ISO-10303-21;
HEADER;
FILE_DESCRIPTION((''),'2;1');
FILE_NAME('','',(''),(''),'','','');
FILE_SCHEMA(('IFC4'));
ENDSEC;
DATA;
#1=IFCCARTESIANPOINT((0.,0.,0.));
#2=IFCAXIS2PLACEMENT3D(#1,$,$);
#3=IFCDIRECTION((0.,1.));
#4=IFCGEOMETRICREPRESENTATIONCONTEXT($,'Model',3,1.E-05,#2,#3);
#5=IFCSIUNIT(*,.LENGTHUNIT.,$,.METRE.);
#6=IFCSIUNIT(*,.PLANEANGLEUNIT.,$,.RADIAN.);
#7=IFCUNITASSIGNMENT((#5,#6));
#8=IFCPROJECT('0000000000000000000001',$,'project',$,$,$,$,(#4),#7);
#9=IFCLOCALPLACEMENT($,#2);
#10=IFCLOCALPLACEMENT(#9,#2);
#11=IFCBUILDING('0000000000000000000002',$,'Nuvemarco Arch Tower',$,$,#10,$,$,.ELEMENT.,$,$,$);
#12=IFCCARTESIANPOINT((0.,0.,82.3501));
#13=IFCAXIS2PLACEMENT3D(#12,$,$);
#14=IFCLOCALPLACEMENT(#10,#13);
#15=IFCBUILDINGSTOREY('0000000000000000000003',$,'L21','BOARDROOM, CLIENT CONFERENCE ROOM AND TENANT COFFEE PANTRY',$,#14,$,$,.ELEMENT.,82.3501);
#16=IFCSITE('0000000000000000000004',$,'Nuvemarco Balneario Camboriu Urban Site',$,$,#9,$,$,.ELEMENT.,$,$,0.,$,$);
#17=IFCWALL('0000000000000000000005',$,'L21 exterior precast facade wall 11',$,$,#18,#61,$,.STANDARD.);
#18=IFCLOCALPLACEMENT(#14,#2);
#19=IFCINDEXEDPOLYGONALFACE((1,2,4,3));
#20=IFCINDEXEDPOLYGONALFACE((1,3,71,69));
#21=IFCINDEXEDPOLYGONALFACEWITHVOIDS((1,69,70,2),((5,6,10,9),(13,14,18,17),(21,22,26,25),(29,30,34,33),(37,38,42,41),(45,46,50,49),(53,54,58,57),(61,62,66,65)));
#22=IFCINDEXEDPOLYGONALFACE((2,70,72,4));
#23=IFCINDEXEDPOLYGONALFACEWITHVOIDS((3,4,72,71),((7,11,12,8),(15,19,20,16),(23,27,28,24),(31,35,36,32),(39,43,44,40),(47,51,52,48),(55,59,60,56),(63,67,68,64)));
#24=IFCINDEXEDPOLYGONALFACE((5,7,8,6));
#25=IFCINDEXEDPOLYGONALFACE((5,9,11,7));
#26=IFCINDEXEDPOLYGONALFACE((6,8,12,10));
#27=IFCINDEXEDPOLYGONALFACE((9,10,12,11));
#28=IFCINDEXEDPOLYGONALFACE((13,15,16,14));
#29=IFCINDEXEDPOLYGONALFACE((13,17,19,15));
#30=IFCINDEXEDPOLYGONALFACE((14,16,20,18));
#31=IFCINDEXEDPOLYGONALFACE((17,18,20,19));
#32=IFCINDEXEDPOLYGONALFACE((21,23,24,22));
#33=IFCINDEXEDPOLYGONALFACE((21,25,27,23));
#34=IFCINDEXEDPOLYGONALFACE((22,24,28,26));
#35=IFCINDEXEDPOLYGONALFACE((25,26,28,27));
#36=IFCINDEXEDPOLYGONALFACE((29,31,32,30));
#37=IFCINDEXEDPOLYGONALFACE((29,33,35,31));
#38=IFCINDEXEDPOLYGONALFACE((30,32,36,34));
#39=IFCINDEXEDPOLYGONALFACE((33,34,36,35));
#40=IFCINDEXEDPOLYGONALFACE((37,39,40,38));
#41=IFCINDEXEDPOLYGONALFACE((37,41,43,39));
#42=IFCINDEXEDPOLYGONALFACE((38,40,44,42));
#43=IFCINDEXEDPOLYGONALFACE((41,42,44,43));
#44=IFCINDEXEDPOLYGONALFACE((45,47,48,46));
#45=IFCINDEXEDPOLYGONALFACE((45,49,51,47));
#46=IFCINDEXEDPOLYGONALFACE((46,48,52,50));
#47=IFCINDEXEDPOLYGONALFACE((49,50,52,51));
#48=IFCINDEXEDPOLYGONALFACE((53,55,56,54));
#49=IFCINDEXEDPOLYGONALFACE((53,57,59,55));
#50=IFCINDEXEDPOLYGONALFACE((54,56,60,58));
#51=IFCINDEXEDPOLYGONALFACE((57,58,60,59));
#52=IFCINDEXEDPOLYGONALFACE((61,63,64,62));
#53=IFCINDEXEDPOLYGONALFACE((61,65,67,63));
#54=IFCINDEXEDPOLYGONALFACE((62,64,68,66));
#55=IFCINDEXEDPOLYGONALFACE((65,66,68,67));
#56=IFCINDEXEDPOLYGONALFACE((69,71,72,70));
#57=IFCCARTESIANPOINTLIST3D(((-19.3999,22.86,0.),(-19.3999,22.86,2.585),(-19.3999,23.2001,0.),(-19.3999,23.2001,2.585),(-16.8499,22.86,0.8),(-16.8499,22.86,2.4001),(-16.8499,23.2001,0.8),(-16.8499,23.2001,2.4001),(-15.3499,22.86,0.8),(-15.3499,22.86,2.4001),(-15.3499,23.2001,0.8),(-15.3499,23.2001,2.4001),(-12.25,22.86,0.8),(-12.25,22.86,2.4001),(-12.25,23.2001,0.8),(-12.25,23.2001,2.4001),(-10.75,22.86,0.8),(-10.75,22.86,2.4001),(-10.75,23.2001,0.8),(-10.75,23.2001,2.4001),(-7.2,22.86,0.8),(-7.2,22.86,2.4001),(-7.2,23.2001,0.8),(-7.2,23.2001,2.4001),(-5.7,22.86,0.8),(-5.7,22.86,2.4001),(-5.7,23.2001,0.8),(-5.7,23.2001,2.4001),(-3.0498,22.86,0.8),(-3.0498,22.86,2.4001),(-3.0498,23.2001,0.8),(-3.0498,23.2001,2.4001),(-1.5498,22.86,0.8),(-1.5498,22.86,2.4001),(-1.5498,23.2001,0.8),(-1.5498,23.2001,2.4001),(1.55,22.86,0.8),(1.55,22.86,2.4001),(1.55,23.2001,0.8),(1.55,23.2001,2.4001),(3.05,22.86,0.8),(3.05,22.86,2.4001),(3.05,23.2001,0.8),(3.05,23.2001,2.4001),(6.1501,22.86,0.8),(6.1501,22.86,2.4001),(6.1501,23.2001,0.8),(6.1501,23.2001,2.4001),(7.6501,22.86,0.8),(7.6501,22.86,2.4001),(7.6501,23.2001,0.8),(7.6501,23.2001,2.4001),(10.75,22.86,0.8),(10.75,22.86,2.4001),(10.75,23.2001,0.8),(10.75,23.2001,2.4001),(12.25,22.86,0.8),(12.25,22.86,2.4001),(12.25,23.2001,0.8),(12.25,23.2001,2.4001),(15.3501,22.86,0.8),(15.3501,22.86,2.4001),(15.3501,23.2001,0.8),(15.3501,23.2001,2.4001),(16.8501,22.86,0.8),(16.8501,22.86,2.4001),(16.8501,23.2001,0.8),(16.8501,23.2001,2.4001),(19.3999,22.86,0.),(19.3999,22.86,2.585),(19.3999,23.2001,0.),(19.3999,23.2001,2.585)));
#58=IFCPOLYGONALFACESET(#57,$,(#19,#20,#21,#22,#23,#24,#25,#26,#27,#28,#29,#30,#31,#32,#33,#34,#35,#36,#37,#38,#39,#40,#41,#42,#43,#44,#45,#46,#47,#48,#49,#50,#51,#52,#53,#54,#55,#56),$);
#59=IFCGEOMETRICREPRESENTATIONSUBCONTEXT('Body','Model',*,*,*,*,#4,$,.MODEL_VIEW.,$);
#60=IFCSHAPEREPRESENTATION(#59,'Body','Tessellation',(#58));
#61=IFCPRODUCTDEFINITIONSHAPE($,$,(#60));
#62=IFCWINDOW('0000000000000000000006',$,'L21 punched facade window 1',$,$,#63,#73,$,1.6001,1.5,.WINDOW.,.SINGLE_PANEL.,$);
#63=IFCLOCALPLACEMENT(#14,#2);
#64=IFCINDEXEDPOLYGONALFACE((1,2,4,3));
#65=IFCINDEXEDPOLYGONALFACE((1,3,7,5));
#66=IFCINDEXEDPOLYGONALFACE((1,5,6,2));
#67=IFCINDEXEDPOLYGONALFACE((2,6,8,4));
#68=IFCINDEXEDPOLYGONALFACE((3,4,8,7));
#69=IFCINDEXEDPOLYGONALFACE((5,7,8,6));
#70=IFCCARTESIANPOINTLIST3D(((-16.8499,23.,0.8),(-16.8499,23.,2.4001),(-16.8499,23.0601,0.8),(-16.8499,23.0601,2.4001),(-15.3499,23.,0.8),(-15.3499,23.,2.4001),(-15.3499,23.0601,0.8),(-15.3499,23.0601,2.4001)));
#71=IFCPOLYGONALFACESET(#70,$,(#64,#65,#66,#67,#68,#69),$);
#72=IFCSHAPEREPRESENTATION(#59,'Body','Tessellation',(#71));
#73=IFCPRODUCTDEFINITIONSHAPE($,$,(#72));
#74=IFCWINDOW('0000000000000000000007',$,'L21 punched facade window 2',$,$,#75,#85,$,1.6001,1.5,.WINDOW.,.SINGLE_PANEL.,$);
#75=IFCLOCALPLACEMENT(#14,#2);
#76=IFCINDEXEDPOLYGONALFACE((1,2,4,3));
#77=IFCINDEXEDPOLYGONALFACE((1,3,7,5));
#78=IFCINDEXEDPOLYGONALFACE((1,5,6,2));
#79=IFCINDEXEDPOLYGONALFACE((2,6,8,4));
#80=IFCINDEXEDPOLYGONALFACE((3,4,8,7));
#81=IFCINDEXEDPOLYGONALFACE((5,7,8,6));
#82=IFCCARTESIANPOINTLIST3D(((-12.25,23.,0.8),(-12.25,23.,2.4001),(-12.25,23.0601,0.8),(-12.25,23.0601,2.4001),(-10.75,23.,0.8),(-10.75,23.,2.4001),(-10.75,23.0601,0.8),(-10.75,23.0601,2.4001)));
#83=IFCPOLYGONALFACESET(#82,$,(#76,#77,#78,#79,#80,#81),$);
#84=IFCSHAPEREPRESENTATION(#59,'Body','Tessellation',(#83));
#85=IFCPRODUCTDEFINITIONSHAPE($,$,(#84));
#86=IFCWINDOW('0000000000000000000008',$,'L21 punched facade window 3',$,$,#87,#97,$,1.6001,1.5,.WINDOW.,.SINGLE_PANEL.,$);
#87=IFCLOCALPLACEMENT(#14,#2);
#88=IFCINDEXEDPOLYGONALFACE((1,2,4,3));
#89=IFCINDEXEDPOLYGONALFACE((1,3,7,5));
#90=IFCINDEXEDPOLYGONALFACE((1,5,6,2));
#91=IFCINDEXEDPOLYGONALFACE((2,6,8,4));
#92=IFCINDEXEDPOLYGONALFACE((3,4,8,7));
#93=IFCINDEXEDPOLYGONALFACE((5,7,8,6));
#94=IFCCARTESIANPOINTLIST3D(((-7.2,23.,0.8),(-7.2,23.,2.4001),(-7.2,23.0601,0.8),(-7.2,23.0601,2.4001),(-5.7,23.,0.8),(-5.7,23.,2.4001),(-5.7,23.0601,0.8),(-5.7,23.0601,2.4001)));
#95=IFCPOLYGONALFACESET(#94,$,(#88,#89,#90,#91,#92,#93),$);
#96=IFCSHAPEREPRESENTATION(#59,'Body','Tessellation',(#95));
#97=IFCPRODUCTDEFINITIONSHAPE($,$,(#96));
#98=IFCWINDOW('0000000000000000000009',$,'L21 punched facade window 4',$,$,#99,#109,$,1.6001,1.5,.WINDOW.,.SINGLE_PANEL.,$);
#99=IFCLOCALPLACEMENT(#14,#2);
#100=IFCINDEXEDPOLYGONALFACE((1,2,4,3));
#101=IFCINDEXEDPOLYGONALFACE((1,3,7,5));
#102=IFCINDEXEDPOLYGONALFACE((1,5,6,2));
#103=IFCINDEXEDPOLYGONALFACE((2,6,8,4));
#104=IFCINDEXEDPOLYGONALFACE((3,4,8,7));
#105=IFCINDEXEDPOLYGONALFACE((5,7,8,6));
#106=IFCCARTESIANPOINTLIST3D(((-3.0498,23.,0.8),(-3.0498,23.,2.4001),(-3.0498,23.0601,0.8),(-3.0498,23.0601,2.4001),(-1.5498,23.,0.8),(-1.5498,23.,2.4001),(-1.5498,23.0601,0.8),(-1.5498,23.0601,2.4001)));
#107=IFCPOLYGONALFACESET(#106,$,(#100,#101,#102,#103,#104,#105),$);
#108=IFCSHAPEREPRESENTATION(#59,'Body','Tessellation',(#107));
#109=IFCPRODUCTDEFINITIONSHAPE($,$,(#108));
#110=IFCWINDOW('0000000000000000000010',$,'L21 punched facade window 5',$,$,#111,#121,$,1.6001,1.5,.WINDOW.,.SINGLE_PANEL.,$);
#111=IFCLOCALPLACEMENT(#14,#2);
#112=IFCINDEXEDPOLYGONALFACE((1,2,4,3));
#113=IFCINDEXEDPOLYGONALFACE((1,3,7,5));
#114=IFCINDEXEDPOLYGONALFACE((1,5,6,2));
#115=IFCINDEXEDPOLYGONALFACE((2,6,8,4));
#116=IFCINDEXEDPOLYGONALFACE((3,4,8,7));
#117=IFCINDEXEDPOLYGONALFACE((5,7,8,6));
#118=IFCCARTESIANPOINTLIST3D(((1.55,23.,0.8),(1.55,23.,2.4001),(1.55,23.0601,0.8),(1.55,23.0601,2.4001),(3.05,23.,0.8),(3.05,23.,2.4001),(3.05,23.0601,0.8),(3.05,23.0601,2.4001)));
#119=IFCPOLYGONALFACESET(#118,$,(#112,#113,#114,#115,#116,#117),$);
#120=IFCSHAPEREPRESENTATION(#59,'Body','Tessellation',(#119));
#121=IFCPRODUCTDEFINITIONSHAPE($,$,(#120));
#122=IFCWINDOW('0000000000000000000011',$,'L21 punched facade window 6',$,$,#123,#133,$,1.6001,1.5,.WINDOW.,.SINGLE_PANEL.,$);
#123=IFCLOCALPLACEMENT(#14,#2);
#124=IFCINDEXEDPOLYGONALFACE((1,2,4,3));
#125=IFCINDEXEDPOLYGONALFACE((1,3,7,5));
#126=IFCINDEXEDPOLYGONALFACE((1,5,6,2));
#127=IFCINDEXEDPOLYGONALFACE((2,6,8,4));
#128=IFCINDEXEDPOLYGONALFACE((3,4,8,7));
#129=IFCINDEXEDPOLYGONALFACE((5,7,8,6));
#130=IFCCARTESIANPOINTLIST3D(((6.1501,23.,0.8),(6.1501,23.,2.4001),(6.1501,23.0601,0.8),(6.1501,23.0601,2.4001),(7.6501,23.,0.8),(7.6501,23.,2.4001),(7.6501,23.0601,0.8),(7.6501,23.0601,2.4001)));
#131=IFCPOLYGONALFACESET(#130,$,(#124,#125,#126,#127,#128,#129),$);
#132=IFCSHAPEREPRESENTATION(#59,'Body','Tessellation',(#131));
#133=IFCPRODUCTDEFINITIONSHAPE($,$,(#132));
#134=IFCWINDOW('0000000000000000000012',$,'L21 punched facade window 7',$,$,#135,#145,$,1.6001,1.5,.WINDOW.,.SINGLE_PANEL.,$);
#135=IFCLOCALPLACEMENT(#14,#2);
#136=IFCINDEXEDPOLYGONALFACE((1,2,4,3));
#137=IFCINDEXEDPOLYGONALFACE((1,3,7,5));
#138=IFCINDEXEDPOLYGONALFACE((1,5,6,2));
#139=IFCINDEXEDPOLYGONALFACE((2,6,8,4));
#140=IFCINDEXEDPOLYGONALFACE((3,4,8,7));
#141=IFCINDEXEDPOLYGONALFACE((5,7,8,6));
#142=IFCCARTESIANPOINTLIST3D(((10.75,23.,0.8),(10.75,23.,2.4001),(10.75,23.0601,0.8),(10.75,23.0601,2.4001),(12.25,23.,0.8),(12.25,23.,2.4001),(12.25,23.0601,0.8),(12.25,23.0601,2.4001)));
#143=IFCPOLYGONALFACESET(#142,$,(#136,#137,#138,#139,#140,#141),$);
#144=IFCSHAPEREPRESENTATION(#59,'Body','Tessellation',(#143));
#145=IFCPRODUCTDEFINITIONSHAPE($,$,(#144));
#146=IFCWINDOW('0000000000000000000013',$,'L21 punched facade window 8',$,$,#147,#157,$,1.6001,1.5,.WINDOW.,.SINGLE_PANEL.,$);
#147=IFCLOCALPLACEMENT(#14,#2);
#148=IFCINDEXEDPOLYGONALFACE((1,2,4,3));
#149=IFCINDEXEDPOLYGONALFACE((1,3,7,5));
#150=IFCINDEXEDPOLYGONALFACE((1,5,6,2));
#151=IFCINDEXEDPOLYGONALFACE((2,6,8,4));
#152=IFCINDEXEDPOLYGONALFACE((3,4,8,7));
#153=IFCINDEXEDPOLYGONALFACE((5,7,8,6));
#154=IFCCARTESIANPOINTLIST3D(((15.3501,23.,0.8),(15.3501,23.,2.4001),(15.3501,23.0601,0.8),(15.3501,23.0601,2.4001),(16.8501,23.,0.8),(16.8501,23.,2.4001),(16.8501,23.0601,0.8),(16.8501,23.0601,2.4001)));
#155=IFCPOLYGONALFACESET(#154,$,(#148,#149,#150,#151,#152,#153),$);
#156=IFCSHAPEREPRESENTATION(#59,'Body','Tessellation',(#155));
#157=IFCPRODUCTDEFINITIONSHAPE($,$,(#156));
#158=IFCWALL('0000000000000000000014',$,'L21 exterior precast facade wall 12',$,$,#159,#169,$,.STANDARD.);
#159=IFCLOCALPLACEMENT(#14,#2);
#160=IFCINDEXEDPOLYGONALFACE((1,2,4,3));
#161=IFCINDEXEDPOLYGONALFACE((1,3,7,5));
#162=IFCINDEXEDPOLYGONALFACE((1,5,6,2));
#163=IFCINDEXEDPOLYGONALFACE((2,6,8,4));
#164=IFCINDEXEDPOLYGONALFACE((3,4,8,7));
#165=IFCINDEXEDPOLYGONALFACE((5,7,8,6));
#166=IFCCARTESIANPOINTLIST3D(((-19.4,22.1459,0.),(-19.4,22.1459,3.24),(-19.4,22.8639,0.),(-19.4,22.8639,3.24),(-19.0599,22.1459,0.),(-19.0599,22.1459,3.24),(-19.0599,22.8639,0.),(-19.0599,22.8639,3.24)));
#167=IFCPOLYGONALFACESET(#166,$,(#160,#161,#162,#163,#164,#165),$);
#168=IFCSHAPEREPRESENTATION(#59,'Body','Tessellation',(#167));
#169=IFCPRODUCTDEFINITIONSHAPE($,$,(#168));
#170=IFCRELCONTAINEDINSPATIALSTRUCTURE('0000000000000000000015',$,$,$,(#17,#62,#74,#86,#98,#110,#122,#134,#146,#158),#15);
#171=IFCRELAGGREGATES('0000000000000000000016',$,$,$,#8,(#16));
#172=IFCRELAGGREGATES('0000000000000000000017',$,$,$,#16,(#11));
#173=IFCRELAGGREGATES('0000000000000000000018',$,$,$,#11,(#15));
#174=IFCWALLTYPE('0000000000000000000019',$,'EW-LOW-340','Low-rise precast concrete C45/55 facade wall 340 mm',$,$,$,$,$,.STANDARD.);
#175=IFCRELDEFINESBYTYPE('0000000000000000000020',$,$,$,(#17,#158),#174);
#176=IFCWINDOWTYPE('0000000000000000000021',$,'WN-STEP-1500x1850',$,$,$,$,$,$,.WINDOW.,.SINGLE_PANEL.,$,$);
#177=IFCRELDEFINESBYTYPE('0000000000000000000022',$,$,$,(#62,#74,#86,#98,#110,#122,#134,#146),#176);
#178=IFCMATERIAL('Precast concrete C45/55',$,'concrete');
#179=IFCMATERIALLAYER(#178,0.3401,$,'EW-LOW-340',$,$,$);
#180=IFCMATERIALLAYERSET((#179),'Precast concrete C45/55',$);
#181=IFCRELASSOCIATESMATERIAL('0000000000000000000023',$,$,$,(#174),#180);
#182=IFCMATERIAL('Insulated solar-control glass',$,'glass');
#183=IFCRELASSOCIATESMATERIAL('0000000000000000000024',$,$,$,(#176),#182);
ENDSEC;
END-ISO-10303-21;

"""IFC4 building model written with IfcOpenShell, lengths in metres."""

from ifc_helpers import new_model, si_unit, direction, frame, frame_2d, origin, place, context, subcontext, project, spatial, rectangle, extrude, source, transform, mapped, material, layer, layer_set, type_object, type_shapes, element, fill, save


model = new_model("IFC4")

# Units and contexts
model_context = context("Model", 3, precision=1e-05, world=origin(), true_north=direction((0.0, 1.0)))
body_context = subcontext(model_context, "Body", "Model", "MODEL_VIEW")
ifc_project = project(units=[si_unit("LENGTHUNIT", "METRE"), si_unit("PLANEANGLEUNIT", "RADIAN")], contexts=[model_context])

# Site, building, storey
site_placement = place(None, origin())
site = spatial("IfcSite", under=ifc_project, at=site_placement, Name="Nuvemarco Balneario Camboriu Urban Site", CompositionType="ELEMENT", RefElevation=0.0)
building_placement = place(site_placement, origin())
building = spatial("IfcBuilding", under=site, at=building_placement, Name="Nuvemarco Arch Tower", CompositionType="ELEMENT")
storey_placement = place(building_placement, frame((0.0, 0.0, 82.3501)))
storey = spatial("IfcBuildingStorey", under=building, at=storey_placement, Name="L21", Description="BOARDROOM, CLIENT CONFERENCE ROOM AND TENANT COFFEE PANTRY", CompositionType="ELEMENT", Elevation=82.3501)

# Wall, openings, windows
ifc_material_1 = material(Name="Precast concrete C45/55", Category="concrete")
ifc_layer_1 = layer(ifc_material_1, 0.3401, Name="EW-LOW-340")
ifc_layer_set_1 = layer_set([ifc_layer_1], Name="Precast concrete C45/55")
wall_type_1 = type_object("IfcWallType", Name="EW-LOW-340", Description="Low-rise precast concrete C45/55 facade wall 340 mm", PredefinedType="STANDARD", material=ifc_layer_set_1)
wall_1_placement = place(storey_placement, frame((-19.3999, 23.03, 0.0), z_axis=(0.0, 0.0, 1.0), x_axis=(1.0, 0.0, 0.0)))
wall_1 = element("IfcWall", 1, at=wall_1_placement, inside=storey, type_object=wall_type_1, Name="L21 exterior precast facade wall 11", PredefinedType="STANDARD", context=body_context, shape_type="SweptSolid", body=[
    extrude(rectangle(XDim=38.7998, YDim=0.3401, at=frame_2d((19.3999, 0.0))), origin(), (0.0, 0.0, 1.0), 2.585),
])
opening_1_placement = place(wall_1_placement, frame((2.55, 0.0, 0.8)))
opening_1 = element("IfcOpeningElement", 2, at=opening_1_placement, cuts=wall_1, PredefinedType="OPENING", context=body_context, shape_type="SweptSolid", body=[
    extrude(rectangle(XDim=1.5, YDim=1.6001, at=frame_2d((0.75, 0.8))), frame((0.0, 0.1799, 0.0), z_axis=(0.0, -1.0, 0.0), x_axis=(1.0, 0.0, 0.0)), (0.0, 0.0, 1.0), 0.3601),
])
opening_2_placement = place(wall_1_placement, frame((7.1499, 0.0, 0.8)))
opening_2 = element("IfcOpeningElement", 3, at=opening_2_placement, cuts=wall_1, PredefinedType="OPENING", context=body_context, shape_type="SweptSolid", body=[
    extrude(rectangle(XDim=1.5, YDim=1.6001, at=frame_2d((0.75, 0.8))), frame((0.0, 0.1799, 0.0), z_axis=(0.0, -1.0, 0.0), x_axis=(1.0, 0.0, 0.0)), (0.0, 0.0, 1.0), 0.3601),
])
opening_3_placement = place(wall_1_placement, frame((12.2, 0.0, 0.8)))
opening_3 = element("IfcOpeningElement", 4, at=opening_3_placement, cuts=wall_1, PredefinedType="OPENING", context=body_context, shape_type="SweptSolid", body=[
    extrude(rectangle(XDim=1.5, YDim=1.6001, at=frame_2d((0.75, 0.8))), frame((0.0, 0.1799, 0.0), z_axis=(0.0, -1.0, 0.0), x_axis=(1.0, 0.0, 0.0)), (0.0, 0.0, 1.0), 0.3601),
])
opening_4_placement = place(wall_1_placement, frame((16.3501, 0.0, 0.8)))
opening_4 = element("IfcOpeningElement", 5, at=opening_4_placement, cuts=wall_1, PredefinedType="OPENING", context=body_context, shape_type="SweptSolid", body=[
    extrude(rectangle(XDim=1.5, YDim=1.6001, at=frame_2d((0.75, 0.8))), frame((0.0, 0.1799, 0.0), z_axis=(0.0, -1.0, 0.0), x_axis=(1.0, 0.0, 0.0)), (0.0, 0.0, 1.0), 0.3601),
])
opening_5_placement = place(wall_1_placement, frame((20.95, 0.0, 0.8)))
opening_5 = element("IfcOpeningElement", 6, at=opening_5_placement, cuts=wall_1, PredefinedType="OPENING", context=body_context, shape_type="SweptSolid", body=[
    extrude(rectangle(XDim=1.5, YDim=1.6001, at=frame_2d((0.75, 0.8))), frame((0.0, 0.1799, 0.0), z_axis=(0.0, -1.0, 0.0), x_axis=(1.0, 0.0, 0.0)), (0.0, 0.0, 1.0), 0.3601),
])
opening_6_placement = place(wall_1_placement, frame((25.55, 0.0, 0.8)))
opening_6 = element("IfcOpeningElement", 7, at=opening_6_placement, cuts=wall_1, PredefinedType="OPENING", context=body_context, shape_type="SweptSolid", body=[
    extrude(rectangle(XDim=1.5, YDim=1.6001, at=frame_2d((0.75, 0.8))), frame((0.0, 0.1799, 0.0), z_axis=(0.0, -1.0, 0.0), x_axis=(1.0, 0.0, 0.0)), (0.0, 0.0, 1.0), 0.3601),
])
opening_7_placement = place(wall_1_placement, frame((30.1499, 0.0, 0.8)))
opening_7 = element("IfcOpeningElement", 8, at=opening_7_placement, cuts=wall_1, PredefinedType="OPENING", context=body_context, shape_type="SweptSolid", body=[
    extrude(rectangle(XDim=1.5, YDim=1.6001, at=frame_2d((0.75, 0.8))), frame((0.0, 0.1799, 0.0), z_axis=(0.0, -1.0, 0.0), x_axis=(1.0, 0.0, 0.0)), (0.0, 0.0, 1.0), 0.3601),
])
opening_8_placement = place(wall_1_placement, frame((34.75, 0.0, 0.8)))
opening_8 = element("IfcOpeningElement", 9, at=opening_8_placement, cuts=wall_1, PredefinedType="OPENING", context=body_context, shape_type="SweptSolid", body=[
    extrude(rectangle(XDim=1.5, YDim=1.6001, at=frame_2d((0.75, 0.8))), frame((0.0, 0.1799, 0.0), z_axis=(0.0, -1.0, 0.0), x_axis=(1.0, 0.0, 0.0)), (0.0, 0.0, 1.0), 0.3601),
])
ifc_material_2 = material(Name="Insulated solar-control glass", Category="glass")
window_type = type_object("IfcWindowType", Name="WN-STEP-1500x1850", PartitioningType="SINGLE_PANEL", PredefinedType="WINDOW", material=ifc_material_2)
shared_shape_1 = source(origin(), body_context, "Body", "SweptSolid", [
    extrude(rectangle(XDim=1.5, YDim=1.6001, at=frame_2d((0.75, 0.8))), frame((0.0, 0.03, 0.0), z_axis=(0.0, -1.0, 0.0), x_axis=(1.0, 0.0, 0.0)), (0.0, 0.0, 1.0), 0.0601),
])
type_shapes(window_type, [shared_shape_1])
window_1_placement = place(opening_1_placement, origin())
window_1 = element("IfcWindow", 10, at=window_1_placement, inside=storey, type_object=window_type, Name="L21 punched facade window 1", OverallHeight=1.6001, OverallWidth=1.5, PartitioningType="SINGLE_PANEL", PredefinedType="WINDOW", context=body_context, shape_type="MappedRepresentation", body=[
    mapped(shared_shape_1, transform((0.0, 0.0, 0.0), scale=1.0)),
])
fill(opening_1, window_1)
window_2_placement = place(opening_2_placement, origin())
window_2 = element("IfcWindow", 11, at=window_2_placement, inside=storey, type_object=window_type, Name="L21 punched facade window 2", OverallHeight=1.6001, OverallWidth=1.5, PartitioningType="SINGLE_PANEL", PredefinedType="WINDOW", context=body_context, shape_type="MappedRepresentation", body=[
    mapped(shared_shape_1, transform((0.0, 0.0, 0.0), scale=1.0)),
])
fill(opening_2, window_2)
window_3_placement = place(opening_3_placement, origin())
window_3 = element("IfcWindow", 12, at=window_3_placement, inside=storey, type_object=window_type, Name="L21 punched facade window 3", OverallHeight=1.6001, OverallWidth=1.5, PartitioningType="SINGLE_PANEL", PredefinedType="WINDOW", context=body_context, shape_type="MappedRepresentation", body=[
    mapped(shared_shape_1, transform((0.0, 0.0, 0.0), scale=1.0)),
])
fill(opening_3, window_3)
window_4_placement = place(opening_4_placement, origin())
window_4 = element("IfcWindow", 13, at=window_4_placement, inside=storey, type_object=window_type, Name="L21 punched facade window 4", OverallHeight=1.6001, OverallWidth=1.5, PartitioningType="SINGLE_PANEL", PredefinedType="WINDOW", context=body_context, shape_type="MappedRepresentation", body=[
    mapped(shared_shape_1, transform((0.0, 0.0, 0.0), scale=1.0)),
])
fill(opening_4, window_4)
window_5_placement = place(opening_5_placement, origin())
window_5 = element("IfcWindow", 14, at=window_5_placement, inside=storey, type_object=window_type, Name="L21 punched facade window 5", OverallHeight=1.6001, OverallWidth=1.5, PartitioningType="SINGLE_PANEL", PredefinedType="WINDOW", context=body_context, shape_type="MappedRepresentation", body=[
    mapped(shared_shape_1, transform((0.0, 0.0, 0.0), scale=1.0)),
])
fill(opening_5, window_5)
window_6_placement = place(opening_6_placement, origin())
window_6 = element("IfcWindow", 15, at=window_6_placement, inside=storey, type_object=window_type, Name="L21 punched facade window 6", OverallHeight=1.6001, OverallWidth=1.5, PartitioningType="SINGLE_PANEL", PredefinedType="WINDOW", context=body_context, shape_type="MappedRepresentation", body=[
    mapped(shared_shape_1, transform((0.0, 0.0, 0.0), scale=1.0)),
])
fill(opening_6, window_6)
window_7_placement = place(opening_7_placement, origin())
window_7 = element("IfcWindow", 16, at=window_7_placement, inside=storey, type_object=window_type, Name="L21 punched facade window 7", OverallHeight=1.6001, OverallWidth=1.5, PartitioningType="SINGLE_PANEL", PredefinedType="WINDOW", context=body_context, shape_type="MappedRepresentation", body=[
    mapped(shared_shape_1, transform((0.0, 0.0, 0.0), scale=1.0)),
])
fill(opening_7, window_7)
window_8_placement = place(opening_8_placement, origin())
window_8 = element("IfcWindow", 17, at=window_8_placement, inside=storey, type_object=window_type, Name="L21 punched facade window 8", OverallHeight=1.6001, OverallWidth=1.5, PartitioningType="SINGLE_PANEL", PredefinedType="WINDOW", context=body_context, shape_type="MappedRepresentation", body=[
    mapped(shared_shape_1, transform((0.0, 0.0, 0.0), scale=1.0)),
])
fill(opening_8, window_8)

# Wall
wall_2_placement = place(storey_placement, frame((-19.23, 22.146, 0.0), z_axis=(0.0, 0.0, 1.0), x_axis=(0.0, 1.0, 0.0)))
element("IfcWall", 18, at=wall_2_placement, inside=storey, type_object=wall_type_1, Name="L21 exterior precast facade wall 12", PredefinedType="STANDARD", context=body_context, shape_type="SweptSolid", body=[
    extrude(rectangle(XDim=0.718, YDim=0.3401, at=frame_2d((0.3589, 0.0))), origin(), (0.0, 0.0, 1.0), 3.24),
])

save(model, "model.ifc")
